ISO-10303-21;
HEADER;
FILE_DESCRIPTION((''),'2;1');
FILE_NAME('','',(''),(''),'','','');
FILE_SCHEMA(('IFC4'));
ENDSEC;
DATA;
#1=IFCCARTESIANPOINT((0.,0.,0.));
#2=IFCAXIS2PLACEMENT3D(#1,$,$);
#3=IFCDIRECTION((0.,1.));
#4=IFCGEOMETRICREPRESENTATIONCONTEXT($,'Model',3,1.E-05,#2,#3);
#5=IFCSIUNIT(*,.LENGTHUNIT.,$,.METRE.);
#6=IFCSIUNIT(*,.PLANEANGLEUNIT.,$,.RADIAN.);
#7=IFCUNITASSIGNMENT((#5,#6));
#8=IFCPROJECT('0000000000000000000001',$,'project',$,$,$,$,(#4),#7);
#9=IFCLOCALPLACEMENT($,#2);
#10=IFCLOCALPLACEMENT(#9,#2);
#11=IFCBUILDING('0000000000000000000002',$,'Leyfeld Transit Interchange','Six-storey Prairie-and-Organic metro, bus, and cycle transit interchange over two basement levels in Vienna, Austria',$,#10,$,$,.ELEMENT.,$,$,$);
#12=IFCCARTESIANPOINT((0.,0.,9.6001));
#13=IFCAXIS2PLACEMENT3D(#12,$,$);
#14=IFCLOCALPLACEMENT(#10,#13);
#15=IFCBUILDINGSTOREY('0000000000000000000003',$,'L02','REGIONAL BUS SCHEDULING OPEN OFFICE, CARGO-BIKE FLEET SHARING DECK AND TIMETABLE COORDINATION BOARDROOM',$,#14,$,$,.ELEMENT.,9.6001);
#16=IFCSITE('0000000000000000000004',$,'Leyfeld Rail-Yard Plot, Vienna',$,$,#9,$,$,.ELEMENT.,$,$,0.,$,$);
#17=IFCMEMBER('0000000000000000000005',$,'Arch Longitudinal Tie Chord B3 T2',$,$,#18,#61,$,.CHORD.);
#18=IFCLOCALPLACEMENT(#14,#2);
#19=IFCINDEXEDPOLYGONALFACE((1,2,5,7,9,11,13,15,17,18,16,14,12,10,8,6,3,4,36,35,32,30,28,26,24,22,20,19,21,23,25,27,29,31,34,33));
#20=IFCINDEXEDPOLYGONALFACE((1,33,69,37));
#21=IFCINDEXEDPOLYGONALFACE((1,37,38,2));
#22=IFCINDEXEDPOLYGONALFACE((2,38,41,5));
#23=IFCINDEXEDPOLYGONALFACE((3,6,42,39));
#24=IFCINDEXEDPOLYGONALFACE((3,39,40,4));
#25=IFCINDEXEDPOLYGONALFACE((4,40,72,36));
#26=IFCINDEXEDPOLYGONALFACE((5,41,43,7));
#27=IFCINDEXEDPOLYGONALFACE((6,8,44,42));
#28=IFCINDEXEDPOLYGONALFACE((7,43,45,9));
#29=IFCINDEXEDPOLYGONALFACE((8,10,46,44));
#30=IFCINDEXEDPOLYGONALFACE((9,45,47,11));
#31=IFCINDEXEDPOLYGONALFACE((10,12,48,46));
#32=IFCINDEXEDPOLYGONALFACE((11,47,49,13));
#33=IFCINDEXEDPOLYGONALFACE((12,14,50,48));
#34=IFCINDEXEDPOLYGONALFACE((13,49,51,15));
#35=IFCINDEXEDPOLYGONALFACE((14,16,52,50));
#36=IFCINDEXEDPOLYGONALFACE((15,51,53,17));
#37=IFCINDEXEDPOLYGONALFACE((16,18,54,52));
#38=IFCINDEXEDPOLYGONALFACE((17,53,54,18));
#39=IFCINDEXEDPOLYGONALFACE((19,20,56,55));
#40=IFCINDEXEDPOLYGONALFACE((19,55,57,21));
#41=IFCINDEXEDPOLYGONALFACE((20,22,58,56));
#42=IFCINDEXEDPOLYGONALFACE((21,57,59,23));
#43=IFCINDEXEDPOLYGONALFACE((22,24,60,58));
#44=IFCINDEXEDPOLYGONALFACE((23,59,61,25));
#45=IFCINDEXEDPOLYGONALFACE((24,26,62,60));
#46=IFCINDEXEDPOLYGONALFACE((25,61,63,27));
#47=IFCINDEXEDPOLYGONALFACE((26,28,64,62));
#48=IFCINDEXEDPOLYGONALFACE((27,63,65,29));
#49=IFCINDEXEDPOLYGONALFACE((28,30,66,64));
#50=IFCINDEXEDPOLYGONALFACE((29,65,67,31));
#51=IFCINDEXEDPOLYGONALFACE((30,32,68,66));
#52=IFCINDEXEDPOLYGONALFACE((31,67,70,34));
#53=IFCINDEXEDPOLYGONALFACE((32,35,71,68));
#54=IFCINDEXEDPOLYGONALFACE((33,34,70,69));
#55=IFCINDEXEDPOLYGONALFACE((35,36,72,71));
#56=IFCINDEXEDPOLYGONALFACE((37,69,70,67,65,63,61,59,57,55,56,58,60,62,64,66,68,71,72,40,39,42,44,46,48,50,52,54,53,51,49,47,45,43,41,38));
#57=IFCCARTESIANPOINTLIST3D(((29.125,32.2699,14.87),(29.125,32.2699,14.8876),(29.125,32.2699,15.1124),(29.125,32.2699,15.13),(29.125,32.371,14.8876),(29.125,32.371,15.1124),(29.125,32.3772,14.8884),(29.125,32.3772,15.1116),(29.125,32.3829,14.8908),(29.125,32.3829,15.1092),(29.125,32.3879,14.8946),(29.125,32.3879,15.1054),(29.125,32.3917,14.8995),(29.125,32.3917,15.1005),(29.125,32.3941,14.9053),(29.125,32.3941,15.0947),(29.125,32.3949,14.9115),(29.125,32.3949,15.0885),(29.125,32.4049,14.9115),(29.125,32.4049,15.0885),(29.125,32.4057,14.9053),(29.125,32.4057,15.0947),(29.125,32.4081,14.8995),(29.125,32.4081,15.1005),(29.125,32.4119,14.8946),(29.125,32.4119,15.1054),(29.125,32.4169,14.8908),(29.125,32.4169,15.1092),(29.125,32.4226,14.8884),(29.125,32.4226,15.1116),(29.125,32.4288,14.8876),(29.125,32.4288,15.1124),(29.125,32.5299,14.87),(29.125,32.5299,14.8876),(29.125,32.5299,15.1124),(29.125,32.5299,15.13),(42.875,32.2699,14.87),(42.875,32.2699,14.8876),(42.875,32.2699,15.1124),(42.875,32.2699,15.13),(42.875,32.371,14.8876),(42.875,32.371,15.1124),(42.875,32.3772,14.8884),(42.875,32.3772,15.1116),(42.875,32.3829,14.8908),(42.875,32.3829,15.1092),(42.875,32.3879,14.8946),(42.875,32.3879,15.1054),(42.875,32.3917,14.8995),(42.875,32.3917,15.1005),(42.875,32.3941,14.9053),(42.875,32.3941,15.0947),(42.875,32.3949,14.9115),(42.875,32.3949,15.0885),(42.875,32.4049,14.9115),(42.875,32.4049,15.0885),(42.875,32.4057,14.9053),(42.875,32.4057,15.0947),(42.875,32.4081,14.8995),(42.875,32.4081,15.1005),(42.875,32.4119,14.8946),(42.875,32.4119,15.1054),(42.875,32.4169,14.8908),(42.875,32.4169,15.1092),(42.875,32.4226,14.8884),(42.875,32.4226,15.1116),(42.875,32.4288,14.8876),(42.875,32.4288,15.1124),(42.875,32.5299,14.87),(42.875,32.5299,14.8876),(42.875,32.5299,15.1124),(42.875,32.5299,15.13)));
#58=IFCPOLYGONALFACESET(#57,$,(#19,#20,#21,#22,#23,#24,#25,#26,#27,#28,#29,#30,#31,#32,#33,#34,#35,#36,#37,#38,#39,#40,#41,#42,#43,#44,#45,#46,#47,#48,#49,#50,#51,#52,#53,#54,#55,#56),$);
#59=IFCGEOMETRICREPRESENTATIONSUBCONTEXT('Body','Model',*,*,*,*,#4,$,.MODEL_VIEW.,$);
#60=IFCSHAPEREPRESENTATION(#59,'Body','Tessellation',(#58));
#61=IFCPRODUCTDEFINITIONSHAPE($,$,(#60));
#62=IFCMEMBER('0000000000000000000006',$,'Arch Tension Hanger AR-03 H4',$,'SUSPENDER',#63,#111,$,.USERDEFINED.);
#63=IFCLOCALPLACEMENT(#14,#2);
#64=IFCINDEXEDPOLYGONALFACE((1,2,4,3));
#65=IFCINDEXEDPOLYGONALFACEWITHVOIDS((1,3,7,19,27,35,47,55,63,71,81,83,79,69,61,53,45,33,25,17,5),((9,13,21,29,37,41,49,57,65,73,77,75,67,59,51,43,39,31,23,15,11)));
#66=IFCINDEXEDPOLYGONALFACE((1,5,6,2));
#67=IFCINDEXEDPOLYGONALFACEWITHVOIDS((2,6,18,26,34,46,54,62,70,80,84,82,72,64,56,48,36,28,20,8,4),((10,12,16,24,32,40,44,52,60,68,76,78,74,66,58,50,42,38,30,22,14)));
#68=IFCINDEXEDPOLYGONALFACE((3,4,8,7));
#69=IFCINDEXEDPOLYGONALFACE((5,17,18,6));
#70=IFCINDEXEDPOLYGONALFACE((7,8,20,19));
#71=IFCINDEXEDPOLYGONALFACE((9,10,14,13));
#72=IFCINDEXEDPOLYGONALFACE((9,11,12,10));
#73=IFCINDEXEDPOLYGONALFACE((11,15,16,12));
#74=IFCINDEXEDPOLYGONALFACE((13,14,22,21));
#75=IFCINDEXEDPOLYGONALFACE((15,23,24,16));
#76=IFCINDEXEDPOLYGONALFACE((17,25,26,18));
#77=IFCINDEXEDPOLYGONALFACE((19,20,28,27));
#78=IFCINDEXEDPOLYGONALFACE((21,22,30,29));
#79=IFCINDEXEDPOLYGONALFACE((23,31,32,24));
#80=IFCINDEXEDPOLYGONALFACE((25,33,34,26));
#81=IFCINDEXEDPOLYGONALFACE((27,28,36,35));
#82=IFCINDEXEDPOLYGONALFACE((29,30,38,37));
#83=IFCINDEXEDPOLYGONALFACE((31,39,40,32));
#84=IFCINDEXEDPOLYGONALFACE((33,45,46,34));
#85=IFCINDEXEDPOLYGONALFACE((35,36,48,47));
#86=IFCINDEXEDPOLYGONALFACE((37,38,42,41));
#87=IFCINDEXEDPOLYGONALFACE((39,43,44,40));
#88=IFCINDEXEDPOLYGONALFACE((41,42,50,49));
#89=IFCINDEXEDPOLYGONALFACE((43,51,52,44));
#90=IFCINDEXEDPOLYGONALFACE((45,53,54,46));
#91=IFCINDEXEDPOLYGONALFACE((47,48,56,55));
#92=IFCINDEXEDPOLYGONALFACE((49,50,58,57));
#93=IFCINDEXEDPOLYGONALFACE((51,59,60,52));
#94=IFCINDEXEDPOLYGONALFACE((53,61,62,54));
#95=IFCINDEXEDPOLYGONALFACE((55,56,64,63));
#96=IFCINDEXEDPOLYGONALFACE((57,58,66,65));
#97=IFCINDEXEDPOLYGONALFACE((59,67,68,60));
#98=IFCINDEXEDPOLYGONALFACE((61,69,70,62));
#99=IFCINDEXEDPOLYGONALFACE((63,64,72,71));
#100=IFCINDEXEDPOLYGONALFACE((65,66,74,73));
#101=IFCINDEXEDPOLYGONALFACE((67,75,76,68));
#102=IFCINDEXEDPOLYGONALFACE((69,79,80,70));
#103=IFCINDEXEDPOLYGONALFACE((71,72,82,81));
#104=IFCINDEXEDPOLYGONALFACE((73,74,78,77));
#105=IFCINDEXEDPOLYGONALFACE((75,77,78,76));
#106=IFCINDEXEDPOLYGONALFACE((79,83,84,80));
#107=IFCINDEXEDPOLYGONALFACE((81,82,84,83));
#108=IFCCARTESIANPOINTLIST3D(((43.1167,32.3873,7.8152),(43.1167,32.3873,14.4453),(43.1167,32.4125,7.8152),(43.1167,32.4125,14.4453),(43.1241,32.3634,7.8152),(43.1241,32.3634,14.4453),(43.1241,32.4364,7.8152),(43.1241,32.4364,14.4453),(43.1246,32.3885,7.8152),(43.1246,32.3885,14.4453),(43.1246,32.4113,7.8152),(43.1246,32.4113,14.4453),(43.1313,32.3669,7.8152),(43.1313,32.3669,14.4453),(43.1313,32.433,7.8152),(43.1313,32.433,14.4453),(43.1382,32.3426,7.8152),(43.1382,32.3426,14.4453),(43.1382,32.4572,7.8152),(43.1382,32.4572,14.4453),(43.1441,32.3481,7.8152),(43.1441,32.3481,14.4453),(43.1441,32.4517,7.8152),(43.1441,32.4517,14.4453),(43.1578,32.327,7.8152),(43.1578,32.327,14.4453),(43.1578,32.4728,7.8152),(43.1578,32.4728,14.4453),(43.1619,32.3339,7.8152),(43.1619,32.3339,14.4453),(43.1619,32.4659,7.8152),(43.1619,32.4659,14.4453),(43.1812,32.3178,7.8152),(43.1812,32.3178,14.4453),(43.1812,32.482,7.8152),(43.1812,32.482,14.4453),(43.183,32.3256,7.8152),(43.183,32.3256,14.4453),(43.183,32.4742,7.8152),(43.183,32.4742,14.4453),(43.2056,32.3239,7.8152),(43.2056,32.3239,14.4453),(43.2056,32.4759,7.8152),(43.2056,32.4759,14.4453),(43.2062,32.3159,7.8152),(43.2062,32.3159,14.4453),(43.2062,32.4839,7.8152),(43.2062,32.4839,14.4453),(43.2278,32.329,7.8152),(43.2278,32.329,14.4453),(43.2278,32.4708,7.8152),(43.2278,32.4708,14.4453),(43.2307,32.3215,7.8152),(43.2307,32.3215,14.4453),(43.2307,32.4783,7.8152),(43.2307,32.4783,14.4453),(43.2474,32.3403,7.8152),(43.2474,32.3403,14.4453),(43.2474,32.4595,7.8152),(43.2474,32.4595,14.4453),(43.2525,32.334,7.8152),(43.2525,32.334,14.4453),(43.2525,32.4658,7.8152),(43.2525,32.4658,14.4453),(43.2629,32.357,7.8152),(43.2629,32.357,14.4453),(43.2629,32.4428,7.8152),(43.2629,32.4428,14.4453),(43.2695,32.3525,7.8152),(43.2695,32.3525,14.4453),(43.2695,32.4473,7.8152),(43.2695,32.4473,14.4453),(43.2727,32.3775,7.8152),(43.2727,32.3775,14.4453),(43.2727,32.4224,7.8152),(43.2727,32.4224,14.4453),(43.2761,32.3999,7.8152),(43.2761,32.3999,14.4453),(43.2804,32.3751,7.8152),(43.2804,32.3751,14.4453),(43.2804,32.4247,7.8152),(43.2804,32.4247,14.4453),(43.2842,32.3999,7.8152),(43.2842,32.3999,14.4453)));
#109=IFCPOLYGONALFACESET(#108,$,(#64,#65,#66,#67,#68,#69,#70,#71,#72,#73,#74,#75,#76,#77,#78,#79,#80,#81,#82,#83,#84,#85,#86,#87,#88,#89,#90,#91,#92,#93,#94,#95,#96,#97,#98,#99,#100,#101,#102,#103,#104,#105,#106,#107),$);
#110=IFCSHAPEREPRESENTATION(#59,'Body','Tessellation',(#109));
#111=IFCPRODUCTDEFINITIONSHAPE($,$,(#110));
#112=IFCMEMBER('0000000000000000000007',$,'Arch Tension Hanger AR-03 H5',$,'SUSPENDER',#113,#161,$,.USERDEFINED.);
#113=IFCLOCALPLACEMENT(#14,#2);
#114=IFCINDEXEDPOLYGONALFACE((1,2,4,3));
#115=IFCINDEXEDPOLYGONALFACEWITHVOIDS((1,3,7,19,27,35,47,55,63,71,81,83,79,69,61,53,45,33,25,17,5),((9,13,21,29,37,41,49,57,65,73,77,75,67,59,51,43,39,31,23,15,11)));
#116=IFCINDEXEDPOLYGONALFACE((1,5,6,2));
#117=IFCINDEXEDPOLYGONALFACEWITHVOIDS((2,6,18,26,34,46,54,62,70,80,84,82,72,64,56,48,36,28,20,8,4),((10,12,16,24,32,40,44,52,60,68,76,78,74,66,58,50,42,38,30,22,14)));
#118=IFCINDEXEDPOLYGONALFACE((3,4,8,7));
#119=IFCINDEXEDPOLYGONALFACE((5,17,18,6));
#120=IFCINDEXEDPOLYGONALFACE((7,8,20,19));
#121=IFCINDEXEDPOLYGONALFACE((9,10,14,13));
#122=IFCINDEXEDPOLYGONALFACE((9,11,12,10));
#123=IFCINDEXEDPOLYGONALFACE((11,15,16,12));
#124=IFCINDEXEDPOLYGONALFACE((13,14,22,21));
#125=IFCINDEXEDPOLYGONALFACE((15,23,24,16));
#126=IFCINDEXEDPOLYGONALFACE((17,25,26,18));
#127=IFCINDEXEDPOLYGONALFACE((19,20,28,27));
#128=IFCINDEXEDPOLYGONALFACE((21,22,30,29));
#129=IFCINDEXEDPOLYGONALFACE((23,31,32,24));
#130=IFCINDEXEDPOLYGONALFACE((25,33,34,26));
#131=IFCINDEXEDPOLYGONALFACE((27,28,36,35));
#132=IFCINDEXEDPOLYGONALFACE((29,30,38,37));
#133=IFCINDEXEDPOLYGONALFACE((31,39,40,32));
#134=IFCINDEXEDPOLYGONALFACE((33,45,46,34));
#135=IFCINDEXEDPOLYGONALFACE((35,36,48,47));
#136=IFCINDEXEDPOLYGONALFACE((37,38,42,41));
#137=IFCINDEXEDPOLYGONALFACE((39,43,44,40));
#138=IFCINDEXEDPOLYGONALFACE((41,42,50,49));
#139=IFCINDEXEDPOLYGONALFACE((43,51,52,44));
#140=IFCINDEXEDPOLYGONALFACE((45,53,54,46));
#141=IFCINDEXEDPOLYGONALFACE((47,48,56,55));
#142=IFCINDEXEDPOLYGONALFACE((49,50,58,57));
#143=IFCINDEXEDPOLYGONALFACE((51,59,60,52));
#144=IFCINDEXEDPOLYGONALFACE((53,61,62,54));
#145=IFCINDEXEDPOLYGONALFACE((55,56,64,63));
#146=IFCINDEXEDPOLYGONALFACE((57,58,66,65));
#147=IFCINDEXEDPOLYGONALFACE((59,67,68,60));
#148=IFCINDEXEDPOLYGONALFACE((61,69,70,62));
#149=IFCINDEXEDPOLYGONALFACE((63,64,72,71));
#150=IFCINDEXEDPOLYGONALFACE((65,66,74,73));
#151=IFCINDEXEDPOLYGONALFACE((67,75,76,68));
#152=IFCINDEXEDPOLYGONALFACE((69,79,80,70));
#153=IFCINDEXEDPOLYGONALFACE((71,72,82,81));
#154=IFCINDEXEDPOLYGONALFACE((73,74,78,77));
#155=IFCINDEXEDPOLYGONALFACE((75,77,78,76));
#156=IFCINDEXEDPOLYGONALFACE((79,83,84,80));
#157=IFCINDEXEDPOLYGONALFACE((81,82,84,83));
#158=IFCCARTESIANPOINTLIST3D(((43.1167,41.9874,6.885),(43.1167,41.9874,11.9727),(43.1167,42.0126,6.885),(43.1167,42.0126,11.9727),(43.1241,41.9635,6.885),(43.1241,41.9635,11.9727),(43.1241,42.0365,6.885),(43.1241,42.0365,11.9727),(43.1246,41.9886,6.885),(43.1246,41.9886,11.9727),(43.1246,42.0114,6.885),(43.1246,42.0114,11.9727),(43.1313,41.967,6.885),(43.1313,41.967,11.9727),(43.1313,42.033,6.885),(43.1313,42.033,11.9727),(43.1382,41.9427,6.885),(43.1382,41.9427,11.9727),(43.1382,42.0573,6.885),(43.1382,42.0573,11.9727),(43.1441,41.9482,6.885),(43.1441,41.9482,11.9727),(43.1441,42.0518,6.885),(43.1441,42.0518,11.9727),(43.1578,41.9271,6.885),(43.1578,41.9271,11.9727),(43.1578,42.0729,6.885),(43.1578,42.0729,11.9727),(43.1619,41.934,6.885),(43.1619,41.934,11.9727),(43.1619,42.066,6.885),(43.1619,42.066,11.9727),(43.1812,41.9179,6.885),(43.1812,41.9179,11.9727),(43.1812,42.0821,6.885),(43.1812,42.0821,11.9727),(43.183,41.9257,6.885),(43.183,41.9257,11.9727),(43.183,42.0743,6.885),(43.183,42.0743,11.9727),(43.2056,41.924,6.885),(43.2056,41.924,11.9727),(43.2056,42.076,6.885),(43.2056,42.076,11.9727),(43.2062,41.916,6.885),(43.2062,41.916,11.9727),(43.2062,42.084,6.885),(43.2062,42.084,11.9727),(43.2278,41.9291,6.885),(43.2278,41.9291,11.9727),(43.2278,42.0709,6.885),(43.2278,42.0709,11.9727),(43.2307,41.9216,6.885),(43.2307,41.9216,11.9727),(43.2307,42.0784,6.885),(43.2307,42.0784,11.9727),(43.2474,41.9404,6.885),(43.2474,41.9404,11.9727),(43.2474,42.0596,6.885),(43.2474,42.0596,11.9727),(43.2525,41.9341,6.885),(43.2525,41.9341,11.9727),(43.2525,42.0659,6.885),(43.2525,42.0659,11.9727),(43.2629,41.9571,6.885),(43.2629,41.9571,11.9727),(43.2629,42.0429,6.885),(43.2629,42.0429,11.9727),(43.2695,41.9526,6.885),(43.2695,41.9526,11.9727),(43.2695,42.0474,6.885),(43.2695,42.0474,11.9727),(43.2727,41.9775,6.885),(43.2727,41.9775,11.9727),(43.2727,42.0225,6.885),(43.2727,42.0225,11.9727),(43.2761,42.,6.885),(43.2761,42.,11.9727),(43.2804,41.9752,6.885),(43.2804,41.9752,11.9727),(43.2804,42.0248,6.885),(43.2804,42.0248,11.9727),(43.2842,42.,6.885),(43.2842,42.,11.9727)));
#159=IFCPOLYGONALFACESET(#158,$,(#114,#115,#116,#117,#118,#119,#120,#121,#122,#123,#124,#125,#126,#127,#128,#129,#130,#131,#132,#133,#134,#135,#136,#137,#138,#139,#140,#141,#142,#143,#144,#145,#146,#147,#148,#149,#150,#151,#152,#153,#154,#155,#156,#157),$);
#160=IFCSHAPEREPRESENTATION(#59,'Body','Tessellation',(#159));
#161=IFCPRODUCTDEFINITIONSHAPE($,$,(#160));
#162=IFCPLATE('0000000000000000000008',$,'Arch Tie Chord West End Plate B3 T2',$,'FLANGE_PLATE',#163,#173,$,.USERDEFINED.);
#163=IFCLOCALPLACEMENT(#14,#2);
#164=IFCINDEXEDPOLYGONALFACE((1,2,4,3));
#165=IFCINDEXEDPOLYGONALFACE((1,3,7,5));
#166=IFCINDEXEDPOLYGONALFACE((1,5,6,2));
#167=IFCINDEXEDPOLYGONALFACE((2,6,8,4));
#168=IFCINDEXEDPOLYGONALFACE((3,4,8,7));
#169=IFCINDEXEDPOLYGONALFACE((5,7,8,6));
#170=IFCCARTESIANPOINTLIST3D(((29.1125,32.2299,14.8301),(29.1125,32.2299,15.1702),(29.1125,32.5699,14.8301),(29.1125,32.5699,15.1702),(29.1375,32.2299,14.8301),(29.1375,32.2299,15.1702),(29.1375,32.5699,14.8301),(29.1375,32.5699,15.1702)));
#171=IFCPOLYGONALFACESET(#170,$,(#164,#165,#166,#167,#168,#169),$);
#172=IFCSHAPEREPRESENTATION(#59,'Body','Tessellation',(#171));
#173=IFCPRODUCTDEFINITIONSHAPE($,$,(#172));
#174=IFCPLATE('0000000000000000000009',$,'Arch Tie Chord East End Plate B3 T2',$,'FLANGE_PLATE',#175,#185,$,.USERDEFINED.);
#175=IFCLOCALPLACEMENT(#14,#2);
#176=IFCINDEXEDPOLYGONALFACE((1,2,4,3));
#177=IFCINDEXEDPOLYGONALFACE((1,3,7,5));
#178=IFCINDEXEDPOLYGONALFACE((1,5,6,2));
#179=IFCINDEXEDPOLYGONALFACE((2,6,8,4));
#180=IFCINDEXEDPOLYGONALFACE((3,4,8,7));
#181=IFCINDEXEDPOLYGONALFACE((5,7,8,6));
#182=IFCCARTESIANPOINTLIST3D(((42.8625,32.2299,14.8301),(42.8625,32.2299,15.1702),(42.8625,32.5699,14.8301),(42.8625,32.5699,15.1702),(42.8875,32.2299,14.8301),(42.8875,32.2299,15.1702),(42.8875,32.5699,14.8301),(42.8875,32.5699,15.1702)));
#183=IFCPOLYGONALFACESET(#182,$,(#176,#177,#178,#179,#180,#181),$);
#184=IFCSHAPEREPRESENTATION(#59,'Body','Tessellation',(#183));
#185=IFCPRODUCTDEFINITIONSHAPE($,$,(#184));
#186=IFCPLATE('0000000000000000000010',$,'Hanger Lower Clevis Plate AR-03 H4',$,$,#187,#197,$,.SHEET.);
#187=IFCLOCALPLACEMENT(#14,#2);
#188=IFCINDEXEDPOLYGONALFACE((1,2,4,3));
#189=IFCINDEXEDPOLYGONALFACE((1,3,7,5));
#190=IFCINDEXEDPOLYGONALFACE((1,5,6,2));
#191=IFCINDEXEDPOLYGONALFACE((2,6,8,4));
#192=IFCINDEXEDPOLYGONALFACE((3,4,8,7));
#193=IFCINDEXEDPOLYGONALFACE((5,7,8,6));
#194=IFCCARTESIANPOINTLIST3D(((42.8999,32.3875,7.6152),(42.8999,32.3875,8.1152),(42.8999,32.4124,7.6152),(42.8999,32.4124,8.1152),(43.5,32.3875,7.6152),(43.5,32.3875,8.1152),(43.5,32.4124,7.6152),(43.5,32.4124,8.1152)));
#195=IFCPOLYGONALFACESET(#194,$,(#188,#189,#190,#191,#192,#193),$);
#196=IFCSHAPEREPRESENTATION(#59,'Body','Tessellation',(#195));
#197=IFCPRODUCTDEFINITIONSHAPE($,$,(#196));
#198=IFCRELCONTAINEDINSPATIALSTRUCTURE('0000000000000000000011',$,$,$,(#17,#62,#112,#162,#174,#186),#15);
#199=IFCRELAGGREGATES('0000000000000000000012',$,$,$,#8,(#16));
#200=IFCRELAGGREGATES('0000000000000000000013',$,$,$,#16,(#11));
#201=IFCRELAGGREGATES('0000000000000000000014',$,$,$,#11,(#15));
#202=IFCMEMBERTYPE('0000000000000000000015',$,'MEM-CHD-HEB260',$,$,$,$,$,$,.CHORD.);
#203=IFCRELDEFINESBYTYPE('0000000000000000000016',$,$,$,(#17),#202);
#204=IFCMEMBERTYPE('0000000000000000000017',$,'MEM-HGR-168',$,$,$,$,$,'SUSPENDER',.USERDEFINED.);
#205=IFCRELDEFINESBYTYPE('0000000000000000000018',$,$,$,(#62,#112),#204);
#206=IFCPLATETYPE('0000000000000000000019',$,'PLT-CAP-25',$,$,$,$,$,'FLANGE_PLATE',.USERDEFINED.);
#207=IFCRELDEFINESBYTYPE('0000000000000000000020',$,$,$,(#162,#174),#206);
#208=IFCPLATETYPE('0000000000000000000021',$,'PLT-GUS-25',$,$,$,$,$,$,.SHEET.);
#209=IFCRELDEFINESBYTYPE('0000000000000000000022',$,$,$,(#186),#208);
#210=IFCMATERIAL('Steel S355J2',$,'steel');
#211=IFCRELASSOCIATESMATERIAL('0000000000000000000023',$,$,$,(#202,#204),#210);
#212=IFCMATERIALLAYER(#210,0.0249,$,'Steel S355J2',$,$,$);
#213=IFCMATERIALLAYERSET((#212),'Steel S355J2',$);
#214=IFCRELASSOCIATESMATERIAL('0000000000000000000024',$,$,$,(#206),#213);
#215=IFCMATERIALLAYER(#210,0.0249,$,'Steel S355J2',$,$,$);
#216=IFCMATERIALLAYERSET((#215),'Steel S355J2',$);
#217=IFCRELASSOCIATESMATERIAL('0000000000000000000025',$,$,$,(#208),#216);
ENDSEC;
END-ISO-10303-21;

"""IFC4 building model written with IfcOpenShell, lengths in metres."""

from ifc_helpers import new_model, si_unit, direction, frame, origin, origin_2d, place, context, subcontext, project, spatial, rectangle, hollow_circle, i_section, extrude, material, layer, layer_set, material_profile, profile_set, type_object, element, save


model = new_model("IFC4")

# Units and contexts
model_context = context("Model", 3, precision=1e-05, world=origin(), true_north=direction((0.0, 1.0)))
body_context = subcontext(model_context, "Body", "Model", "MODEL_VIEW")
ifc_project = project(units=[si_unit("LENGTHUNIT", "METRE"), si_unit("PLANEANGLEUNIT", "RADIAN")], contexts=[model_context])

# Site, building, storey
site_placement = place(None, origin())
site = spatial("IfcSite", under=ifc_project, at=site_placement, Name="Leyfeld Rail-Yard Plot, Vienna", CompositionType="ELEMENT", RefElevation=0.0)
building_placement = place(site_placement, origin())
building = spatial("IfcBuilding", under=site, at=building_placement, Name="Leyfeld Transit Interchange", Description="Six-storey Prairie-and-Organic metro, bus, and cycle transit interchange over two basement levels in Vienna, Austria", CompositionType="ELEMENT")
storey_placement = place(building_placement, frame((0.0, 0.0, 9.6001)))
storey = spatial("IfcBuildingStorey", under=building, at=storey_placement, Name="L02", Description="REGIONAL BUS SCHEDULING OPEN OFFICE, CARGO-BIKE FLEET SHARING DECK AND TIMETABLE COORDINATION BOARDROOM", CompositionType="ELEMENT", Elevation=9.6001)

# Members
ifc_material_1 = material(Name="Steel S355J2", Category="steel")
ifc_material_profile_1 = material_profile(ifc_material_1, i_section(OverallWidth=0.26, OverallDepth=0.26, WebThickness=0.01, FlangeThickness=0.0176, FilletRadius=0.0239, at=origin_2d()), Name="HEB 260")
ifc_profile_set_1 = profile_set([ifc_material_profile_1], Name="Steel S355J2")
member_type_1 = type_object("IfcMemberType", Name="MEM-CHD-HEB260", PredefinedType="CHORD", material=ifc_profile_set_1)
member_1_placement = place(storey_placement, frame((29.125, 32.3999, 15.0), z_axis=(1.0, 0.0, 0.0), x_axis=(0.0, 1.0, 0.0)))
element("IfcMember", 1, at=member_1_placement, inside=storey, type_object=member_type_1, Name="Arch Longitudinal Tie Chord B3 T2", PredefinedType="CHORD", context=body_context, shape_type="SweptSolid", body=[
    extrude(i_section(OverallWidth=0.26, OverallDepth=0.26, WebThickness=0.01, FlangeThickness=0.0176, FilletRadius=0.0239, at=origin_2d()), origin(), (0.0, 0.0, 1.0), 13.75),
])
ifc_material_profile_2 = material_profile(ifc_material_1, hollow_circle(Radius=0.0842, WallThickness=0.0081, at=origin_2d()), Name="CHS 168.3x8")
ifc_profile_set_2 = profile_set([ifc_material_profile_2], Name="Steel S355J2")
member_type_2 = type_object("IfcMemberType", Name="MEM-HGR-168", ElementType="SUSPENDER", PredefinedType="USERDEFINED", material=ifc_profile_set_2)
member_2_placement = place(storey_placement, frame((43.2, 32.3999, 7.8152), z_axis=(0.0, 0.0, 1.0), x_axis=(1.0, 0.0, 0.0)))
element("IfcMember", 2, at=member_2_placement, inside=storey, type_object=member_type_2, Name="Arch Tension Hanger AR-03 H4", ObjectType="SUSPENDER", PredefinedType="USERDEFINED", context=body_context, shape_type="SweptSolid", body=[
    extrude(hollow_circle(Radius=0.0842, WallThickness=0.0081, at=origin_2d()), origin(), (0.0, 0.0, 1.0), 6.6301),
])
member_3_placement = place(storey_placement, frame((43.2, 42.0, 6.885), z_axis=(0.0, 0.0, 1.0), x_axis=(1.0, 0.0, 0.0)))
element("IfcMember", 3, at=member_3_placement, inside=storey, type_object=member_type_2, Name="Arch Tension Hanger AR-03 H5", ObjectType="SUSPENDER", PredefinedType="USERDEFINED", context=body_context, shape_type="SweptSolid", body=[
    extrude(hollow_circle(Radius=0.0842, WallThickness=0.0081, at=origin_2d()), origin(), (0.0, 0.0, 1.0), 5.0876),
])

# Plates
ifc_layer_1 = layer(ifc_material_1, 0.0249, Name="Steel S355J2")
ifc_layer_set_1 = layer_set([ifc_layer_1], Name="Steel S355J2")
plate_type_1 = type_object("IfcPlateType", Name="PLT-CAP-25", ElementType="FLANGE_PLATE", PredefinedType="USERDEFINED", material=ifc_layer_set_1)
for number, where, z_axis, x_axis, name in (
    (4, (29.125, 32.3999, 14.8301), (0.0, 0.0, 1.0), (0.0, 1.0, 0.0), "Arch Tie Chord West End Plate B3 T2"),
    (5, (42.875, 32.3999, 14.8301), (0.0, 0.0, 1.0), (0.0, 1.0, 0.0), "Arch Tie Chord East End Plate B3 T2"),
):
    element("IfcPlate", number, at=place(storey_placement, frame(where, z_axis=z_axis, x_axis=x_axis)), inside=storey, type_object=plate_type_1, Name=name, ObjectType="FLANGE_PLATE", PredefinedType="USERDEFINED", context=body_context, shape_type="SweptSolid", body=[
        extrude(rectangle(XDim=0.3401, YDim=0.0249, at=origin_2d()), origin(), (0.0, 0.0, 1.0), 0.3401),
    ])
ifc_layer_2 = layer(ifc_material_1, 0.0249, Name="Steel S355J2")
ifc_layer_set_2 = layer_set([ifc_layer_2], Name="Steel S355J2")
plate_type_2 = type_object("IfcPlateType", Name="PLT-GUS-25", PredefinedType="SHEET", material=ifc_layer_set_2)
for number, where, z_axis, x_axis, name in (
    (6, (43.2, 32.3999, 7.6152), (0.0, 0.0, 1.0), (1.0, 0.0, 0.0), "Hanger Lower Clevis Plate AR-03 H4"),
):
    element("IfcPlate", number, at=place(storey_placement, frame(where, z_axis=z_axis, x_axis=x_axis)), inside=storey, type_object=plate_type_2, Name=name, PredefinedType="SHEET", context=body_context, shape_type="SweptSolid", body=[
        extrude(rectangle(XDim=0.6001, YDim=0.0249, at=origin_2d()), origin(), (0.0, 0.0, 1.0), 0.5),
    ])

save(model, "model.ifc")
